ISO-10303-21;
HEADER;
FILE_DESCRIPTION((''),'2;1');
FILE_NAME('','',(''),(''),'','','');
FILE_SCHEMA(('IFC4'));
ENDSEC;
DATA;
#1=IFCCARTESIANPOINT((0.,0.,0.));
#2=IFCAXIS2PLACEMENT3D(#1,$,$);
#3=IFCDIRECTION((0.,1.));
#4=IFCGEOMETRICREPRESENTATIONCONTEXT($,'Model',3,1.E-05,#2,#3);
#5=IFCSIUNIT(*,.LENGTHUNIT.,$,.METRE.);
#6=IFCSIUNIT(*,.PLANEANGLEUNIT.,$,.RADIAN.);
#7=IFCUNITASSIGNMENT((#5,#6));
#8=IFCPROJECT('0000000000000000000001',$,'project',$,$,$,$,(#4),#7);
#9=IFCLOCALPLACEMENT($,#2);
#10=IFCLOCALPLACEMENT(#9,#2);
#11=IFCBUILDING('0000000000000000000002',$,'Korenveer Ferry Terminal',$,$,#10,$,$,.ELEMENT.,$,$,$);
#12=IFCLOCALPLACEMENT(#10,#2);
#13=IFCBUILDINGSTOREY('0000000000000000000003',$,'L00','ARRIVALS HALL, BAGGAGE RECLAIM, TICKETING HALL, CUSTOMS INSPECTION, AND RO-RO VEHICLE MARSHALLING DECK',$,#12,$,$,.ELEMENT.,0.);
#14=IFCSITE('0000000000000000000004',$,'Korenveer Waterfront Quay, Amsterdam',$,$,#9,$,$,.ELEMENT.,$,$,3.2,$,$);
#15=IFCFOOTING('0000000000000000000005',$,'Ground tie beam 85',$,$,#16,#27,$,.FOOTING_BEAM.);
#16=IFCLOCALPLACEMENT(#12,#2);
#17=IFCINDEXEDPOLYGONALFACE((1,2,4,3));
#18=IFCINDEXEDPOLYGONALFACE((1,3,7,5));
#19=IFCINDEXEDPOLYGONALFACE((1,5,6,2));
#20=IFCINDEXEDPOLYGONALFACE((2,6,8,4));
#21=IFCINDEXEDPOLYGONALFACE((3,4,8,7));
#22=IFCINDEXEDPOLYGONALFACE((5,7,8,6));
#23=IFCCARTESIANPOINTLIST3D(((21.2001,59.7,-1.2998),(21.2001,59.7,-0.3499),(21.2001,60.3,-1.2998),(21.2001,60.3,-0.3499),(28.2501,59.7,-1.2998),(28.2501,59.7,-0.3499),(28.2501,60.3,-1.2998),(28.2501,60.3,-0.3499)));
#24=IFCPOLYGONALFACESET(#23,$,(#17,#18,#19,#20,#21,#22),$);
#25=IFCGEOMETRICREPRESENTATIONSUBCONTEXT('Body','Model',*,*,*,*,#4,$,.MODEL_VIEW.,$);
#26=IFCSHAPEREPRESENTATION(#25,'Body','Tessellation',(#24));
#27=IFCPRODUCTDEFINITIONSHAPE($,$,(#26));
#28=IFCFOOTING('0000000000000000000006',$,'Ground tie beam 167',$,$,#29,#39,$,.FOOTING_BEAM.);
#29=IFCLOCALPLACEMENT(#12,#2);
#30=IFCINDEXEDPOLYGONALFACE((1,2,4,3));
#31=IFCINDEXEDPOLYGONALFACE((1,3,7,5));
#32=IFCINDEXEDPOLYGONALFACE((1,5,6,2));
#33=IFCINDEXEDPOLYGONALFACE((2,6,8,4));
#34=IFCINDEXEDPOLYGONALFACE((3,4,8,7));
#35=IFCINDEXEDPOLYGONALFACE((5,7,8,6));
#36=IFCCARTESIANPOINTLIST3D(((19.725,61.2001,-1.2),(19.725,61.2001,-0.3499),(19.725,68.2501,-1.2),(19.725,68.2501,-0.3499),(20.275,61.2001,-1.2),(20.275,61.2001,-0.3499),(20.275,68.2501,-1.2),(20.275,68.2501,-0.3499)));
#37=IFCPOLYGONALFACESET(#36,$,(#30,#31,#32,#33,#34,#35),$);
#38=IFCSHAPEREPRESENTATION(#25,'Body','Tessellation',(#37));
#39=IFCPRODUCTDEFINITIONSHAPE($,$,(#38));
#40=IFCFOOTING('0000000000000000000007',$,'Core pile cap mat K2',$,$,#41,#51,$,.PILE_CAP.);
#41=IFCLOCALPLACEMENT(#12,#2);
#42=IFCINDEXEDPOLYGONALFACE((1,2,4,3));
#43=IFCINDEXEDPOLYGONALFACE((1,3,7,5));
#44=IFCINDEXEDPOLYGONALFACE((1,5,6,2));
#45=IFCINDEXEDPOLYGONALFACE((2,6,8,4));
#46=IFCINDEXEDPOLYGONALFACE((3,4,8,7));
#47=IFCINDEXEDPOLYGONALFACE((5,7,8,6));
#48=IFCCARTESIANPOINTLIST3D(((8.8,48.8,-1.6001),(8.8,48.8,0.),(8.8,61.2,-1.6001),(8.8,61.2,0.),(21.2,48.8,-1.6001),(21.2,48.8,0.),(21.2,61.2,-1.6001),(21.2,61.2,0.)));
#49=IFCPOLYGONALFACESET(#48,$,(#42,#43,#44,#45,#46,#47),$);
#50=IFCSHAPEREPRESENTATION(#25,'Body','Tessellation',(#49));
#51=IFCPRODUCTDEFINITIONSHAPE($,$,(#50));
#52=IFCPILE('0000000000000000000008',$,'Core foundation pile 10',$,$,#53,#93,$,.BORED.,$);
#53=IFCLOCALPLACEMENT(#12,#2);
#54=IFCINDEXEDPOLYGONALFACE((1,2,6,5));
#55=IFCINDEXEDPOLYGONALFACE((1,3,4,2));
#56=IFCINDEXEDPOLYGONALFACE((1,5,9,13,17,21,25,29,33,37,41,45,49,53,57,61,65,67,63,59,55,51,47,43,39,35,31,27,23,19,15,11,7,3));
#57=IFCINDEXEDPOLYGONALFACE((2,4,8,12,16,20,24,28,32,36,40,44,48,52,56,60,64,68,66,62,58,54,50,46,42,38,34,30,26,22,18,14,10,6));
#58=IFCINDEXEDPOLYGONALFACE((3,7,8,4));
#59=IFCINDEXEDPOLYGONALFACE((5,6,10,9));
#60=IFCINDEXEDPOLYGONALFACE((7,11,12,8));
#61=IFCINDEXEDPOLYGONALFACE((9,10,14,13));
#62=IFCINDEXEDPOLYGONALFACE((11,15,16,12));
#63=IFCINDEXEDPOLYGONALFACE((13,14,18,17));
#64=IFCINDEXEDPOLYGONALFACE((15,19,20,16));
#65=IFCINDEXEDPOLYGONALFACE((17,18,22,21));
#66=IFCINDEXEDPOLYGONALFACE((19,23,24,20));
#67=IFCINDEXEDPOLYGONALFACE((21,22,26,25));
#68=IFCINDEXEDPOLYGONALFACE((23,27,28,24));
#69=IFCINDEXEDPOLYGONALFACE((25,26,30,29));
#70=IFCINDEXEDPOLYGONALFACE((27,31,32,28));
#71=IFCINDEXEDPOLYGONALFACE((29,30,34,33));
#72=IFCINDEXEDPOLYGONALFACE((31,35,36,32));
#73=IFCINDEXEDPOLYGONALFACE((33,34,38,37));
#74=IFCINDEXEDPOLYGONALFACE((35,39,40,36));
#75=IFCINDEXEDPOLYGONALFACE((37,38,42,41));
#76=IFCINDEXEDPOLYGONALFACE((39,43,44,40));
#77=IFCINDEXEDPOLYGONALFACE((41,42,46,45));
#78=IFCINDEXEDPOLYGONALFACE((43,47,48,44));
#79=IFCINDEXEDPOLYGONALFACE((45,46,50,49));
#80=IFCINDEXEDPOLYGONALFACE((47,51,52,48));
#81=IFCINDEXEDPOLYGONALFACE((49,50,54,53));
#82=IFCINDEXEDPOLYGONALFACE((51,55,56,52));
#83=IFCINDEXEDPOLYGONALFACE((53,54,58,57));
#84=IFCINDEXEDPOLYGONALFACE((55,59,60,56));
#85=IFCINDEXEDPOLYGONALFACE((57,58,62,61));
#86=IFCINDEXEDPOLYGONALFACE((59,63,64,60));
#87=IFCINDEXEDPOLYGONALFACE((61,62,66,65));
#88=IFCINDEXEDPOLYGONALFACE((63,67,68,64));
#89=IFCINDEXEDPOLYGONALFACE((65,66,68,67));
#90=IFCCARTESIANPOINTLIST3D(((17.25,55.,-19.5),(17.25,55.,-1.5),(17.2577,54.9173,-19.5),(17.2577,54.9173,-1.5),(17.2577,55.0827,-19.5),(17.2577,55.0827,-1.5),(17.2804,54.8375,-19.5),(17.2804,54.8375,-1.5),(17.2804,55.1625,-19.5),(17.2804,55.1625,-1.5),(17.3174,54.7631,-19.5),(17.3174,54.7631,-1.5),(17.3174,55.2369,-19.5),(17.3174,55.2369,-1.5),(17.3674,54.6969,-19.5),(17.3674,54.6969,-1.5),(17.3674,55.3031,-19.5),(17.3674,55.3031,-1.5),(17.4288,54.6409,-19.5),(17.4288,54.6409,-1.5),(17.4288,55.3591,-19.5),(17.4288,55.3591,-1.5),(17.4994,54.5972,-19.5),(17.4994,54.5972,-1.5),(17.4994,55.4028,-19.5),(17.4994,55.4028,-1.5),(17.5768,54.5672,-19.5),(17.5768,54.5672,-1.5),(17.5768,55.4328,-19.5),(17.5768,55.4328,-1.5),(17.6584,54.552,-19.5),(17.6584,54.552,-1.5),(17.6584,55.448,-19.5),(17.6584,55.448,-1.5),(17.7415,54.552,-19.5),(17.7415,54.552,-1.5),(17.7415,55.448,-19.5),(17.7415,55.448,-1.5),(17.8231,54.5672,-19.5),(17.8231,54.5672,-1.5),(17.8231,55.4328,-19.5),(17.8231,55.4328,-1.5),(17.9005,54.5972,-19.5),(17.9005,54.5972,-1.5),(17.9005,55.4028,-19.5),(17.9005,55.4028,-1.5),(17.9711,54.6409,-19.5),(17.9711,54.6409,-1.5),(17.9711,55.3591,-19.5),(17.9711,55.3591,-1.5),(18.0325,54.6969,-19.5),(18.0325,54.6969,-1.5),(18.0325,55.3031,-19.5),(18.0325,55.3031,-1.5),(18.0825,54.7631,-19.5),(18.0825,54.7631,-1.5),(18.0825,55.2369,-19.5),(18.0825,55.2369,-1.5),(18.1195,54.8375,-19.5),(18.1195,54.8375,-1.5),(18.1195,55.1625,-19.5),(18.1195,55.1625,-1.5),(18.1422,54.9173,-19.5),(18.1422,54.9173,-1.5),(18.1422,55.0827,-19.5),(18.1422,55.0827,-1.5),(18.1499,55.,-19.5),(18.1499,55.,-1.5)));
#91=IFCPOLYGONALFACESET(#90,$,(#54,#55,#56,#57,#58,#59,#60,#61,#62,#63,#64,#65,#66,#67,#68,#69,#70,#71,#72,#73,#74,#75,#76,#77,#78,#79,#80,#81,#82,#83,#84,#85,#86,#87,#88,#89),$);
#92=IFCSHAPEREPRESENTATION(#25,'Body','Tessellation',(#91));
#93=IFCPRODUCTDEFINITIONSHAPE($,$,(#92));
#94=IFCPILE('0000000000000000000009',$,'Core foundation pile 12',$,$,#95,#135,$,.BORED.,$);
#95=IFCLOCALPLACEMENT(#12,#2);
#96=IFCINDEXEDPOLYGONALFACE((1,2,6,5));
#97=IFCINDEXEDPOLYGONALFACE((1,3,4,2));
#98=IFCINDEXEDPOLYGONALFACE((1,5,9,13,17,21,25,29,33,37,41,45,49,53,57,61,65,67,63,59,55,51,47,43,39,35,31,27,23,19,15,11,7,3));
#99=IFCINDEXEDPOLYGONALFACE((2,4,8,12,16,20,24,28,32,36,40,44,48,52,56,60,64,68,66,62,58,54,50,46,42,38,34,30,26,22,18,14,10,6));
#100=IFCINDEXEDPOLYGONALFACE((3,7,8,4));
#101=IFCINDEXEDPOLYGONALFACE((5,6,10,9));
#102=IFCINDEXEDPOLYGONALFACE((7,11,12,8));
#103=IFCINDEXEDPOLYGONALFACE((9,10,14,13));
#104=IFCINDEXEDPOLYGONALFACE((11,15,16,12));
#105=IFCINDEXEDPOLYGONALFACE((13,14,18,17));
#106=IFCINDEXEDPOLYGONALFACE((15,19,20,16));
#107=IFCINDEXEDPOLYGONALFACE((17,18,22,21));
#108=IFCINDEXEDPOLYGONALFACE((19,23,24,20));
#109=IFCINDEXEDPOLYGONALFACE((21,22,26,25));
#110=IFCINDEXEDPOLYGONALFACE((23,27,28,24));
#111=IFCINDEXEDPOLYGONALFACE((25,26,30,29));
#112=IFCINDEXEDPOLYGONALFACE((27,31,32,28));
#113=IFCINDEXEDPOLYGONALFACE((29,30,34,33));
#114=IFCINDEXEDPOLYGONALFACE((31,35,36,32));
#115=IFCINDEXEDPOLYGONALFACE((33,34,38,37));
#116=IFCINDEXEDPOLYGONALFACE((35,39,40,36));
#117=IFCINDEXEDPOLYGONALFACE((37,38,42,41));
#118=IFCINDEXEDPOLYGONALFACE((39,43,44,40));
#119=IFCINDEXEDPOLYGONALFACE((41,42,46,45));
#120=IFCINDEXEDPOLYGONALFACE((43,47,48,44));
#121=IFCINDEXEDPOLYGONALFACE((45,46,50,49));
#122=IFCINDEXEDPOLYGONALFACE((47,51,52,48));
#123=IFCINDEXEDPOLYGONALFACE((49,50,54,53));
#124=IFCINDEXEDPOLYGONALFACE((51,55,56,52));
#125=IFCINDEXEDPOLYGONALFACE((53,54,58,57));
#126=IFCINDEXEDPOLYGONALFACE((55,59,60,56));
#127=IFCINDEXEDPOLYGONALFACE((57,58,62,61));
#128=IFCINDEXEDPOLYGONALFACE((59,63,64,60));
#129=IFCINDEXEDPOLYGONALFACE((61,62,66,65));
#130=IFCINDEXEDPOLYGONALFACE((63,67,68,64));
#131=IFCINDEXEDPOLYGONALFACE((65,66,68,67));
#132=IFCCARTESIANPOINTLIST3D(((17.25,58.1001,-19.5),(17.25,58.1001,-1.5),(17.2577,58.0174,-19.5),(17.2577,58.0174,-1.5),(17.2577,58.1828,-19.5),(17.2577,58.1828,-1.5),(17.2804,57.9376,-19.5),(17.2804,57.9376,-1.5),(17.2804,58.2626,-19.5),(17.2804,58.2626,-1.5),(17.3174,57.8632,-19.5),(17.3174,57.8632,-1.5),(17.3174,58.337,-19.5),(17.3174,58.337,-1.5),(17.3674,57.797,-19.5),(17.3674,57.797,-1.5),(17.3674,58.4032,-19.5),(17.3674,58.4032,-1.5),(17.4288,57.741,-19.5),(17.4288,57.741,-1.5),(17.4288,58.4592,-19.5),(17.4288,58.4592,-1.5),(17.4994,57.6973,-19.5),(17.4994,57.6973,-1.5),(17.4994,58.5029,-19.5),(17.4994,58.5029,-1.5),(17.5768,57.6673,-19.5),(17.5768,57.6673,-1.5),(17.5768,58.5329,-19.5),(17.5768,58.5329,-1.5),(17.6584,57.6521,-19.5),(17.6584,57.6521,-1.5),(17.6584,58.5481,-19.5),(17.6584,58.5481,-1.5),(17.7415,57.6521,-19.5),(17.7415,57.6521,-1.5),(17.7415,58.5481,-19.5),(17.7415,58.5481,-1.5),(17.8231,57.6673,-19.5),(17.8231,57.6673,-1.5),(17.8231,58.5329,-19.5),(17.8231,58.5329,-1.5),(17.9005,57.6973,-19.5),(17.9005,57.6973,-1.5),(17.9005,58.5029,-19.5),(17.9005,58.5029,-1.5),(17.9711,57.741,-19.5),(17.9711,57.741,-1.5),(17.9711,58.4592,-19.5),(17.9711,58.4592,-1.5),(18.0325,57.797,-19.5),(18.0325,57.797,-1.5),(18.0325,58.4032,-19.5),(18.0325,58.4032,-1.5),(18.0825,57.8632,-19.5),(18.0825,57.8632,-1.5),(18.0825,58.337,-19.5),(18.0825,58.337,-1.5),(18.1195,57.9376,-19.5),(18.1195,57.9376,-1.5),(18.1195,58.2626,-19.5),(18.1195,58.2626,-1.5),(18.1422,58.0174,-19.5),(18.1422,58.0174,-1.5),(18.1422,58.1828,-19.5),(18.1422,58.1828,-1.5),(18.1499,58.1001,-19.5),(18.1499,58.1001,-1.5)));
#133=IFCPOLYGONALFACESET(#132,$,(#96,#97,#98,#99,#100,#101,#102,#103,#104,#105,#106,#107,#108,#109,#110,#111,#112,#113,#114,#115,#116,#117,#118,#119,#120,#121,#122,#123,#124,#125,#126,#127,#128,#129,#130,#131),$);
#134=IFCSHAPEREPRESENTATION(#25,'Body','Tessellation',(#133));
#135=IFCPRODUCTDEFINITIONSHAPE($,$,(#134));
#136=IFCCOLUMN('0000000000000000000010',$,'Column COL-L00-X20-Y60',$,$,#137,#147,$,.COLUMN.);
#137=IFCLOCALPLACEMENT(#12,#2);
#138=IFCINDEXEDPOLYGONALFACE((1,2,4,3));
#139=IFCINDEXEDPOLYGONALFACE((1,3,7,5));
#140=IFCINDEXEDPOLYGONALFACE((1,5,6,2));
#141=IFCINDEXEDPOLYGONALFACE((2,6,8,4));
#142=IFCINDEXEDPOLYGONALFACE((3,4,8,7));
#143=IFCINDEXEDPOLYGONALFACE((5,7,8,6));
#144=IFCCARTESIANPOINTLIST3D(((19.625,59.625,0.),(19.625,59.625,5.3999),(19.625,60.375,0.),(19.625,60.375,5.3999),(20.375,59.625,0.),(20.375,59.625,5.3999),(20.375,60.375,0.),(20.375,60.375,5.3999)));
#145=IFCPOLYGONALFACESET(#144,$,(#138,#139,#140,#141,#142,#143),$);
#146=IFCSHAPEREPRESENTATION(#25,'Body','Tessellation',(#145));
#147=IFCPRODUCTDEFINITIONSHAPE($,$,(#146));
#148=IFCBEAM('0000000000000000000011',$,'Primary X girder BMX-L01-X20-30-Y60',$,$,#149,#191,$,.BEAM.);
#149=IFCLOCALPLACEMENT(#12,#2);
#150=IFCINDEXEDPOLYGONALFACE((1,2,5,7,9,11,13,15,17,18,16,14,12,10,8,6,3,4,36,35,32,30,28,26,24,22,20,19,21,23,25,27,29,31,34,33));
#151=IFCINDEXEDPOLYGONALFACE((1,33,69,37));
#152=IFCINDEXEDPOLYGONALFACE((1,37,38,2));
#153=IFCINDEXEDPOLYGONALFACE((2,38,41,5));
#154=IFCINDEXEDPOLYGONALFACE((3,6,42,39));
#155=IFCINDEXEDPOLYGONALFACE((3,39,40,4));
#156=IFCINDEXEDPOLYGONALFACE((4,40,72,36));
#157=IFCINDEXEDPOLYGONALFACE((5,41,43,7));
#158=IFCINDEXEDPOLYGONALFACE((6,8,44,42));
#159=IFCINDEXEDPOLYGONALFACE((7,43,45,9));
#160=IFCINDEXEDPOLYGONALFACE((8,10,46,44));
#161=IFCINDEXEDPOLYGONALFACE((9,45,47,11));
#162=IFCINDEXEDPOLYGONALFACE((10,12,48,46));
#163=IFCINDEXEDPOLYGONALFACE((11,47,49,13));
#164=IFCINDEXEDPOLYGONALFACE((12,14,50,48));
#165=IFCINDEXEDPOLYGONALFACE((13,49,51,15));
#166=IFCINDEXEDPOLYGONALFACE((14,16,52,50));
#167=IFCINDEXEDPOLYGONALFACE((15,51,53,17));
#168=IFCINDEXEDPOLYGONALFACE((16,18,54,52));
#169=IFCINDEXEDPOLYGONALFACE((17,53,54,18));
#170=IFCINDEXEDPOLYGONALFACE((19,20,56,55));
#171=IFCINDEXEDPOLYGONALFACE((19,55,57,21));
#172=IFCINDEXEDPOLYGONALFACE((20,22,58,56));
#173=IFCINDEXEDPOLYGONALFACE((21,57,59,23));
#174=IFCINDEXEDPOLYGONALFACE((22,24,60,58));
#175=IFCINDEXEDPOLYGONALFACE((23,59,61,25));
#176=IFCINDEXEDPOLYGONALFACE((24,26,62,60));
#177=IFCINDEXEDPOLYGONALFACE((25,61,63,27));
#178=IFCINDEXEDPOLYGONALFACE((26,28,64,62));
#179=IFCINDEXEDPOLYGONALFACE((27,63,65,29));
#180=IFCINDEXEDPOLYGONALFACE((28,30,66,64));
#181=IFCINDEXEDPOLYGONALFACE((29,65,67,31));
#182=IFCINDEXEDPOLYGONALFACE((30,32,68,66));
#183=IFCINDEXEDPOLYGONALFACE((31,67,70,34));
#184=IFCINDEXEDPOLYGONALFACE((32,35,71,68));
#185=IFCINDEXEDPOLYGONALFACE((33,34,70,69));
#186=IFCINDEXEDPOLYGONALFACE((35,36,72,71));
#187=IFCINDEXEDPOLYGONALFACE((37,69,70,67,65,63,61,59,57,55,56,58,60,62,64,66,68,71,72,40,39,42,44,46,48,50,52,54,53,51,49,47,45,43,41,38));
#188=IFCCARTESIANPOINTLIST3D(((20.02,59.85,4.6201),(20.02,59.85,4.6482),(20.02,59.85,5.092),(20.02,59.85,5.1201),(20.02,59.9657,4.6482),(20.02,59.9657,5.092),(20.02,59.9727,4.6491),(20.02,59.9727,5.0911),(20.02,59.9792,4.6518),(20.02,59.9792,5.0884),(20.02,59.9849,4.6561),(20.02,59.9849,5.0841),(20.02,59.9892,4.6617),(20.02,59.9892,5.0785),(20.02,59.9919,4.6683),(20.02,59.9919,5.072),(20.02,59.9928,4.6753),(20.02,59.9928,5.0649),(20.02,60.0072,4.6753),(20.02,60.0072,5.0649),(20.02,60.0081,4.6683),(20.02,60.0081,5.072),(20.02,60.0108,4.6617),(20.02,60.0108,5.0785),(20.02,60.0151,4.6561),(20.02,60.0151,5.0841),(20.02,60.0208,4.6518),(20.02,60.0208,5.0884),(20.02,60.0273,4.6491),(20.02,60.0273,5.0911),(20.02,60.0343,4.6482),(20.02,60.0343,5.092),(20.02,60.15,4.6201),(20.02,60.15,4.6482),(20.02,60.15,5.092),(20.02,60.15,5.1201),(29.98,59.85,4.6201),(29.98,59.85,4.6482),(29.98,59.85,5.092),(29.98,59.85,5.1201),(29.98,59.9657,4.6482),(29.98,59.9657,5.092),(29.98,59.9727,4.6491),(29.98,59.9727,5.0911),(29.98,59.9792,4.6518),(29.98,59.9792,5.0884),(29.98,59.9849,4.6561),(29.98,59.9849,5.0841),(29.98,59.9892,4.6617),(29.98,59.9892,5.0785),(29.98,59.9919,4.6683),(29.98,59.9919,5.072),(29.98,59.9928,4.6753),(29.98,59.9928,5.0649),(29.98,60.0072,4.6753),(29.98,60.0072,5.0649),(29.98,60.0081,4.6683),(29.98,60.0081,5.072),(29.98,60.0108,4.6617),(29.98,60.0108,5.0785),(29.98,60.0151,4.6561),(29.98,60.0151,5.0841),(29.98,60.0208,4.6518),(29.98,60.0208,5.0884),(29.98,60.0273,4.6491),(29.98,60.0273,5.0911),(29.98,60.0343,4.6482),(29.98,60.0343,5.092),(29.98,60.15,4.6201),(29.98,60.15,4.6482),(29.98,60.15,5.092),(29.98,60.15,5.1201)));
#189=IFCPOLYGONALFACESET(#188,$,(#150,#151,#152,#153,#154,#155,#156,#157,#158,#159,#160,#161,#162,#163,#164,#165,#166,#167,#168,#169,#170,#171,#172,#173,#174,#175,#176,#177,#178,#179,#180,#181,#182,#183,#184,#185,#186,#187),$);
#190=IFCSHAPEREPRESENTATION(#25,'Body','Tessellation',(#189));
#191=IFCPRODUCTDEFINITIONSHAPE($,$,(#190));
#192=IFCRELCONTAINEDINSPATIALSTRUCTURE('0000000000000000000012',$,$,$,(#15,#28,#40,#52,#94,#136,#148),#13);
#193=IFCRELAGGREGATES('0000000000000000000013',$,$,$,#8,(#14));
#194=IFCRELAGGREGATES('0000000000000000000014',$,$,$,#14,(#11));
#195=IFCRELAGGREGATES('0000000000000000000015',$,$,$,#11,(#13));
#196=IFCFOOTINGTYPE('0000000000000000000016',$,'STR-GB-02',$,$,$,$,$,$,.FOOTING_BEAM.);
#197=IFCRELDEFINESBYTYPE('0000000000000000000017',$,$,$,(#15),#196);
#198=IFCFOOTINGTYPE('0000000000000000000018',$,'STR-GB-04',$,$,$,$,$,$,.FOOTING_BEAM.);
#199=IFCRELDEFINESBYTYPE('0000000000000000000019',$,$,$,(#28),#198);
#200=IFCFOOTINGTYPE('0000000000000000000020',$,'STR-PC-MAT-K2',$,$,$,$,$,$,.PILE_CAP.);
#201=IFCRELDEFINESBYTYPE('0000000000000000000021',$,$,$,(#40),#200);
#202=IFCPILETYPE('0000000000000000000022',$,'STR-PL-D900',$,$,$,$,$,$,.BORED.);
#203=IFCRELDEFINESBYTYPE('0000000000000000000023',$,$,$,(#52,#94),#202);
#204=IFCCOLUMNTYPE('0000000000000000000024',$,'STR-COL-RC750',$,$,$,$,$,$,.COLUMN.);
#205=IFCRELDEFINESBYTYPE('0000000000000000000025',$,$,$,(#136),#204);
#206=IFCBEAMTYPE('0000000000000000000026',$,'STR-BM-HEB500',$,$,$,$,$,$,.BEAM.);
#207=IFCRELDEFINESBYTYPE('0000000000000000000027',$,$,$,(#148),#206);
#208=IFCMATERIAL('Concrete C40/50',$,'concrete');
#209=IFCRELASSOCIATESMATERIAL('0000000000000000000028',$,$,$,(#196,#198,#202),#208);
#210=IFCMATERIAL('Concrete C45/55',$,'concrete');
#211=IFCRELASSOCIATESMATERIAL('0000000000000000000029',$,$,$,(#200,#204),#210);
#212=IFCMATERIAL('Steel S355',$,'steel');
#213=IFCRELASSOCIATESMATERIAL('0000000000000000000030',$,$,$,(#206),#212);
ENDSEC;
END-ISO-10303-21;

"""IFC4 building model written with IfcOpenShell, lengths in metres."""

from ifc_helpers import new_model, si_unit, direction, frame, origin, origin_2d, place, context, subcontext, project, spatial, rectangle, circle, i_section, extrude, material, material_profile, profile_set, type_object, element, save


model = new_model("IFC4")

# Units and contexts
model_context = context("Model", 3, precision=1e-05, world=origin(), true_north=direction((0.0, 1.0)))
body_context = subcontext(model_context, "Body", "Model", "MODEL_VIEW")
ifc_project = project(units=[si_unit("LENGTHUNIT", "METRE"), si_unit("PLANEANGLEUNIT", "RADIAN")], contexts=[model_context])

# Site, building, storey
site_placement = place(None, origin())
site = spatial("IfcSite", under=ifc_project, at=site_placement, Name="Korenveer Waterfront Quay, Amsterdam", CompositionType="ELEMENT", RefElevation=3.2)
building_placement = place(site_placement, origin())
building = spatial("IfcBuilding", under=site, at=building_placement, Name="Korenveer Ferry Terminal", CompositionType="ELEMENT")
storey_placement = place(building_placement, origin())
storey = spatial("IfcBuildingStorey", under=building, at=storey_placement, Name="L00", Description="ARRIVALS HALL, BAGGAGE RECLAIM, TICKETING HALL, CUSTOMS INSPECTION, AND RO-RO VEHICLE MARSHALLING DECK", CompositionType="ELEMENT", Elevation=0.0)

# Footings
ifc_material_1 = material(Name="Concrete C40/50", Category="concrete")
footing_type_1 = type_object("IfcFootingType", Name="STR-GB-02", PredefinedType="FOOTING_BEAM", material=ifc_material_1)
footing_1_placement = place(storey_placement, frame((24.7251, 60.0, -1.2998), z_axis=(0.0, 0.0, 1.0), x_axis=(1.0, 0.0, 0.0)))
element("IfcFooting", 1, at=footing_1_placement, inside=storey, type_object=footing_type_1, Name="Ground tie beam 85", PredefinedType="FOOTING_BEAM", context=body_context, shape_type="SweptSolid", body=[
    extrude(rectangle(XDim=7.05, YDim=0.6001, at=origin_2d()), origin(), (0.0, 0.0, 1.0), 0.95),
])
footing_type_2 = type_object("IfcFootingType", Name="STR-GB-04", PredefinedType="FOOTING_BEAM", material=ifc_material_1)
footing_2_placement = place(storey_placement, frame((20.0, 64.7251, -1.2), z_axis=(0.0, 0.0, 1.0), x_axis=(1.0, 0.0, 0.0)))
element("IfcFooting", 2, at=footing_2_placement, inside=storey, type_object=footing_type_2, Name="Ground tie beam 167", PredefinedType="FOOTING_BEAM", context=body_context, shape_type="SweptSolid", body=[
    extrude(rectangle(XDim=0.55, YDim=7.05, at=origin_2d()), origin(), (0.0, 0.0, 1.0), 0.8501),
])
ifc_material_2 = material(Name="Concrete C45/55", Category="concrete")
footing_type_3 = type_object("IfcFootingType", Name="STR-PC-MAT-K2", PredefinedType="PILE_CAP", material=ifc_material_2)
footing_3_placement = place(storey_placement, frame((15.0, 55.0, -1.6001), z_axis=(0.0, 0.0, 1.0), x_axis=(1.0, 0.0, 0.0)))
element("IfcFooting", 3, at=footing_3_placement, inside=storey, type_object=footing_type_3, Name="Core pile cap mat K2", PredefinedType="PILE_CAP", context=body_context, shape_type="SweptSolid", body=[
    extrude(rectangle(XDim=12.3999, YDim=12.3999, at=origin_2d()), origin(), (0.0, 0.0, 1.0), 1.6001),
])

# Piles
ifc_material_profile_1 = material_profile(ifc_material_1, circle(Radius=0.45, at=origin_2d()), Name="PILE D900")
ifc_profile_set_1 = profile_set([ifc_material_profile_1], Name="Concrete C40/50")
pile_type = type_object("IfcPileType", Name="STR-PL-D900", PredefinedType="BORED", material=ifc_profile_set_1)
for number, where, z_axis, x_axis, name in (
    (4, (17.7, 55.0, -1.5), (0.0, 0.0, -1.0), (1.0, 0.0, 0.0), "Core foundation pile 10"),
    (5, (17.7, 58.1001, -1.5), (0.0, 0.0, -1.0), (1.0, 0.0, 0.0), "Core foundation pile 12"),
):
    element("IfcPile", number, at=place(storey_placement, frame(where, z_axis=z_axis, x_axis=x_axis)), inside=storey, type_object=pile_type, Name=name, PredefinedType="BORED", context=body_context, shape_type="SweptSolid", body=[
        extrude(circle(Radius=0.45, at=origin_2d()), origin(), (0.0, 0.0, 1.0), 18.0),
    ])

# Column
ifc_material_profile_2 = material_profile(ifc_material_2, rectangle(XDim=0.75, YDim=0.75, at=origin_2d()), Name="RC 750x750")
ifc_profile_set_2 = profile_set([ifc_material_profile_2], Name="Concrete C45/55")
column_type = type_object("IfcColumnType", Name="STR-COL-RC750", PredefinedType="COLUMN", material=ifc_profile_set_2)
column_placement = place(storey_placement, frame((20.0, 60.0, 0.0), z_axis=(0.0, 0.0, 1.0), x_axis=(1.0, 0.0, 0.0)))
element("IfcColumn", 6, at=column_placement, inside=storey, type_object=column_type, Name="Column COL-L00-X20-Y60", PredefinedType="COLUMN", context=body_context, shape_type="SweptSolid", body=[
    extrude(rectangle(XDim=0.75, YDim=0.75, at=origin_2d()), origin(), (0.0, 0.0, 1.0), 5.3999),
])

# Beam
ifc_material_3 = material(Name="Steel S355", Category="steel")
ifc_material_profile_3 = material_profile(ifc_material_3, i_section(OverallWidth=0.3, OverallDepth=0.5, WebThickness=0.0144, FlangeThickness=0.0281, FilletRadius=0.0271, at=origin_2d()), Name="HEB 500")
ifc_profile_set_3 = profile_set([ifc_material_profile_3], Name="Steel S355")
beam_type_1 = type_object("IfcBeamType", Name="STR-BM-HEB500", PredefinedType="BEAM", material=ifc_profile_set_3)
beam_1_placement = place(storey_placement, frame((20.02, 60.0, 4.8701), z_axis=(1.0, 0.0, 0.0), x_axis=(0.0, 1.0, 0.0)))
element("IfcBeam", 7, at=beam_1_placement, inside=storey, type_object=beam_type_1, Name="Primary X girder BMX-L01-X20-30-Y60", PredefinedType="BEAM", context=body_context, shape_type="SweptSolid", body=[
    extrude(i_section(OverallWidth=0.3, OverallDepth=0.5, WebThickness=0.0144, FlangeThickness=0.0281, FilletRadius=0.0271, at=origin_2d()), origin(), (0.0, 0.0, 1.0), 9.96),
])

save(model, "model.ifc")
